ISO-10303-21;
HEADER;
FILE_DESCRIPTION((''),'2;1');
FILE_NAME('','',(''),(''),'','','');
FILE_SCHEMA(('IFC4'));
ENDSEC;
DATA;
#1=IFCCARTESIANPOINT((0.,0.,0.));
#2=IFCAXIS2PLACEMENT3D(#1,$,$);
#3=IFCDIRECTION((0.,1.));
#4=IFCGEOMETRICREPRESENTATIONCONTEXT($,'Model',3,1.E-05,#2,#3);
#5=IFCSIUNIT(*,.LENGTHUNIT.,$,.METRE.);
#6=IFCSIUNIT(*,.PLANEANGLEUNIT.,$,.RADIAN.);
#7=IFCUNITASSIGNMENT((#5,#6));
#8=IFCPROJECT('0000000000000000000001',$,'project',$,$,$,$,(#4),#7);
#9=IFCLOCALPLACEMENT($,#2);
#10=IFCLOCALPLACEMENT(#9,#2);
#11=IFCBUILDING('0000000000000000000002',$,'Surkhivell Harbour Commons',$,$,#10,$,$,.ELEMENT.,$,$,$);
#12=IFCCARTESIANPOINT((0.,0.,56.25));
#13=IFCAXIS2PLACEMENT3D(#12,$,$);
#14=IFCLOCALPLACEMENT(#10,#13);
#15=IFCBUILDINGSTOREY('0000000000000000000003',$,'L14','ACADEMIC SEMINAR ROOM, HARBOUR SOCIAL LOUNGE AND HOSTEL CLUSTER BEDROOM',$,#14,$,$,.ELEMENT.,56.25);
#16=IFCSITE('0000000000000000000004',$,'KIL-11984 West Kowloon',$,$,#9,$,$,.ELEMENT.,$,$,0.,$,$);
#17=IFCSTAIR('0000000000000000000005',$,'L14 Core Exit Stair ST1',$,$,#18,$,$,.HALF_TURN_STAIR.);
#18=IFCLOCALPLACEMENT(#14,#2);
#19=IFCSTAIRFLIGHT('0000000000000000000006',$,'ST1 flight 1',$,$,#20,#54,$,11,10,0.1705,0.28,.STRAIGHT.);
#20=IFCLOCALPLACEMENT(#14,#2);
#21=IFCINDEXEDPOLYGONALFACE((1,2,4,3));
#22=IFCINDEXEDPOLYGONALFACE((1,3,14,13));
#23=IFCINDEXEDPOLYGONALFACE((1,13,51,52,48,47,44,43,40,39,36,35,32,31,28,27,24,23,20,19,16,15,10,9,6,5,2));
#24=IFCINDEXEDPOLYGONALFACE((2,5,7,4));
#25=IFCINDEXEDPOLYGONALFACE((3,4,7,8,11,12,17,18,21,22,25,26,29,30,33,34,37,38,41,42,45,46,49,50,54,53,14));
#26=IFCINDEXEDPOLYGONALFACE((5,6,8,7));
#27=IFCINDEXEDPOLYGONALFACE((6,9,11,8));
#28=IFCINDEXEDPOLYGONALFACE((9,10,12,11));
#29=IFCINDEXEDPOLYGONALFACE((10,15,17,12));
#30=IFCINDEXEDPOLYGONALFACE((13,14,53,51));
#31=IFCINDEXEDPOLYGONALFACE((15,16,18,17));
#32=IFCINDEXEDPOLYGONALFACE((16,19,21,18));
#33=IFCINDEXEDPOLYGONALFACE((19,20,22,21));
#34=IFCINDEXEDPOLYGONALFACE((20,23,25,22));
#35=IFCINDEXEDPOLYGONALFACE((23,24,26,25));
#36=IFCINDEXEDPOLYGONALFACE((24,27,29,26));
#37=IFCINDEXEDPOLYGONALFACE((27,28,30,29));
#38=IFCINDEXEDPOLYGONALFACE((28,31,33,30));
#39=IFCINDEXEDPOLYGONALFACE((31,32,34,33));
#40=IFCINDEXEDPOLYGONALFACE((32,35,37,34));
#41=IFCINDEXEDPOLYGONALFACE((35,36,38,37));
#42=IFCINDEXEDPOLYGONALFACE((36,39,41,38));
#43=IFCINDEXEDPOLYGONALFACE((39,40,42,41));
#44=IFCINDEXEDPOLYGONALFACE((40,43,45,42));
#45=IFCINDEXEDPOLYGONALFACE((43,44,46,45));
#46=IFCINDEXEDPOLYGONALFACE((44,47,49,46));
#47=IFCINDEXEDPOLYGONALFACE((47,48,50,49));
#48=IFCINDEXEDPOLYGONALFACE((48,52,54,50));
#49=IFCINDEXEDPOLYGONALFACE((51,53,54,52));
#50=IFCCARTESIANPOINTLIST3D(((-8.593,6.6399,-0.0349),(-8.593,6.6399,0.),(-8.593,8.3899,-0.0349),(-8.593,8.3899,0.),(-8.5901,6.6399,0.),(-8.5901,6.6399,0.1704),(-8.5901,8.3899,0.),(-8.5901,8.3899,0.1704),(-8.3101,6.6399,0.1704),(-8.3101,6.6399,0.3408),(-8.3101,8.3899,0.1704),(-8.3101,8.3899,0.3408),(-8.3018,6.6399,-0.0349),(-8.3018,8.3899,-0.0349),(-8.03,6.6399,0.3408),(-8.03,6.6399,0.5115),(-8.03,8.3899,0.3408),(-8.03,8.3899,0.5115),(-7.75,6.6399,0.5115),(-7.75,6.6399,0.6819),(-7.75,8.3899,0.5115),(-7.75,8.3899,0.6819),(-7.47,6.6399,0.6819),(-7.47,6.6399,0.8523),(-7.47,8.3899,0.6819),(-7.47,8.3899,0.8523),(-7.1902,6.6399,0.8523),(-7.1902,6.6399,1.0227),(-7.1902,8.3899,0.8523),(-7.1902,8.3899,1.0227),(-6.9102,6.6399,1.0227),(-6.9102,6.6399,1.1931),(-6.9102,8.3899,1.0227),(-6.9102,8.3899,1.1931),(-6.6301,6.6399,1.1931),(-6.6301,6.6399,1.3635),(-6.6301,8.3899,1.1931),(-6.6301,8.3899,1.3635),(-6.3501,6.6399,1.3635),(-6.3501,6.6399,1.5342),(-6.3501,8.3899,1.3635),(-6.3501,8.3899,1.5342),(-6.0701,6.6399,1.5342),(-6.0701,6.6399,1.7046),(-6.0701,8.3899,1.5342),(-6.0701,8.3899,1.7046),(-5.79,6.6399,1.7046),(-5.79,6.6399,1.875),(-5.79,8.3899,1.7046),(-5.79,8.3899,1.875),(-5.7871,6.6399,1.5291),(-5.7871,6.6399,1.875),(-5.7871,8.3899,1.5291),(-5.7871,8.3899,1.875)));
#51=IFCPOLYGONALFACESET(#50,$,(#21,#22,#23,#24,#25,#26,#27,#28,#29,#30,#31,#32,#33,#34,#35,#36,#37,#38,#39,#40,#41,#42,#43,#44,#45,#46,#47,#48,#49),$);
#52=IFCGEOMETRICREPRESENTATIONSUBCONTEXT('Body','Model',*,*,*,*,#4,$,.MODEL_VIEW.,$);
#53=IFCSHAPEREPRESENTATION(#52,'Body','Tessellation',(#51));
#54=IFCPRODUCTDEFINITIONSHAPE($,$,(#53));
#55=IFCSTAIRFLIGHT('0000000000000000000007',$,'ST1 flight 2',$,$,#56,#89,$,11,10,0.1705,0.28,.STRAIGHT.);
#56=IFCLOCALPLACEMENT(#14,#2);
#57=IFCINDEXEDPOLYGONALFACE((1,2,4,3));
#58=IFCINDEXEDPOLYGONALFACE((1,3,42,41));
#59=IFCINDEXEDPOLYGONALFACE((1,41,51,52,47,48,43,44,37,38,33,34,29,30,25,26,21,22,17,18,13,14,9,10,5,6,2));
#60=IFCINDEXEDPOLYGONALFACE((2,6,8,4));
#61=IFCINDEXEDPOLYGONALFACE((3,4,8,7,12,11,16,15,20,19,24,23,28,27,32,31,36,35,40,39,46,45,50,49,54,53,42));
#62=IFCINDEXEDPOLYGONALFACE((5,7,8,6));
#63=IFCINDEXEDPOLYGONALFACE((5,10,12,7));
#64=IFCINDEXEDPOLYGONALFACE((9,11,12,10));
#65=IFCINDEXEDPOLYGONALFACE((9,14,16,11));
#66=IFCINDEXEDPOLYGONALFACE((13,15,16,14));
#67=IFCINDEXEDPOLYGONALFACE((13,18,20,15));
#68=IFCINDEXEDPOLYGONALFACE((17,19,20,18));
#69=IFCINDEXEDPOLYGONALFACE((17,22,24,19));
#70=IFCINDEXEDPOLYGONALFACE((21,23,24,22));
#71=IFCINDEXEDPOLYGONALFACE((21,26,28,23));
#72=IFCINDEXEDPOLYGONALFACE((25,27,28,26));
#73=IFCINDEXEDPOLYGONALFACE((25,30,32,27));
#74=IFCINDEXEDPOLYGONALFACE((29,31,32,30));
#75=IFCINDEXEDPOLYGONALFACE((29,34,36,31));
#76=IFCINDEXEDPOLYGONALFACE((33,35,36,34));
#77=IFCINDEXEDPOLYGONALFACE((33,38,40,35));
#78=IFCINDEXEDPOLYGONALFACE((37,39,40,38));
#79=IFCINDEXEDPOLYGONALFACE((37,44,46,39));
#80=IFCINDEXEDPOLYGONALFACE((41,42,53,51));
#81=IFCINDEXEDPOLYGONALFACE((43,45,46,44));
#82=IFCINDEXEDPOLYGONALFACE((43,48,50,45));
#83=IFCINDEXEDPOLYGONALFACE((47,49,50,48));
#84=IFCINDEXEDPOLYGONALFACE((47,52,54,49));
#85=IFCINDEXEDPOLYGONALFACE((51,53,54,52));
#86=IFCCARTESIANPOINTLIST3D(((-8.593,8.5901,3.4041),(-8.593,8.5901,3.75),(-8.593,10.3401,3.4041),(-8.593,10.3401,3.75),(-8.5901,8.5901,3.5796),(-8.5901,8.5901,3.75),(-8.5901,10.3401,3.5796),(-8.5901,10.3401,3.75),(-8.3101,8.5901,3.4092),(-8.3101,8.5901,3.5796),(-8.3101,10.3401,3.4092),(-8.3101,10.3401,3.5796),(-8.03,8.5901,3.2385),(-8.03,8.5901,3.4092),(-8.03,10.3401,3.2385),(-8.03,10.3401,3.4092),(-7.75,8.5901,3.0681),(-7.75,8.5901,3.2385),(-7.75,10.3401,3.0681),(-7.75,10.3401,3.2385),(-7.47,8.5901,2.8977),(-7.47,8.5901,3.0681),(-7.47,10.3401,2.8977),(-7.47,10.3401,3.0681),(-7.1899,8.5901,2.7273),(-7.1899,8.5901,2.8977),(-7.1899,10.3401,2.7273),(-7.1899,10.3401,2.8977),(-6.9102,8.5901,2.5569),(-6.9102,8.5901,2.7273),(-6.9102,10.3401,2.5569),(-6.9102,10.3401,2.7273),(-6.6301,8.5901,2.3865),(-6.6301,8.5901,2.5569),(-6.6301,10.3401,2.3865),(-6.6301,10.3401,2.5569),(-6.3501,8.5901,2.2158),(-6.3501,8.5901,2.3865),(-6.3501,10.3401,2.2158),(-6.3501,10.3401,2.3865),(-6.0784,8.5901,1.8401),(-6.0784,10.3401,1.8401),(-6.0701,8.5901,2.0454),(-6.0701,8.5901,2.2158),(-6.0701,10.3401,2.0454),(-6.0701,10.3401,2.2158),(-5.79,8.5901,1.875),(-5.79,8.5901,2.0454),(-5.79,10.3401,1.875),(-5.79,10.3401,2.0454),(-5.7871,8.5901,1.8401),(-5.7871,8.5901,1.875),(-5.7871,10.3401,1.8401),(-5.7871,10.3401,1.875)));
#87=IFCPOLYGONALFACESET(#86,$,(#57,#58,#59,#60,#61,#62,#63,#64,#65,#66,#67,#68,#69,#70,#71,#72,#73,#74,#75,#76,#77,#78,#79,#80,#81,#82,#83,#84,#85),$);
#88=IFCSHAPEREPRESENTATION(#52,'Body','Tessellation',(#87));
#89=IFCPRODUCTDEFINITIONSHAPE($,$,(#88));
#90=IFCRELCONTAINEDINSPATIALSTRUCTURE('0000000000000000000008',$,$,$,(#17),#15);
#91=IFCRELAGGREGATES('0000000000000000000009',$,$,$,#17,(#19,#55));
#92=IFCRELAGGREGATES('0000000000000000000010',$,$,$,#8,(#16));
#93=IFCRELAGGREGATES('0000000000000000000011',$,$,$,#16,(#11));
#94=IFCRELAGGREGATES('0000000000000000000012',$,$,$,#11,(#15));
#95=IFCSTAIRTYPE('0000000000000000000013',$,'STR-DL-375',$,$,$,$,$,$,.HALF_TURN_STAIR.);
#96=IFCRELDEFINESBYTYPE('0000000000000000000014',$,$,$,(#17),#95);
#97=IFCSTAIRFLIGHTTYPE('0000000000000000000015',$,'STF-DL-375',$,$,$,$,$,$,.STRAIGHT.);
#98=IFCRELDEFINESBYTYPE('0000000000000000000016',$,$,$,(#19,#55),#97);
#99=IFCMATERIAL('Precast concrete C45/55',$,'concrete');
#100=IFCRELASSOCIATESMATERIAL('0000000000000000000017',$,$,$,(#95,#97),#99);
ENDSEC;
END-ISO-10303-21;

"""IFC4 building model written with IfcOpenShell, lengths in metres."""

from ifc_helpers import new_model, si_unit, direction, frame, origin, place, context, subcontext, project, spatial, polyline, outline, extrude, material, type_object, element, aggregate, save


model = new_model("IFC4")

# Units and contexts
model_context = context("Model", 3, precision=1e-05, world=origin(), true_north=direction((0.0, 1.0)))
body_context = subcontext(model_context, "Body", "Model", "MODEL_VIEW")
ifc_project = project(units=[si_unit("LENGTHUNIT", "METRE"), si_unit("PLANEANGLEUNIT", "RADIAN")], contexts=[model_context])

# Site, building, storey
site_placement = place(None, origin())
site = spatial("IfcSite", under=ifc_project, at=site_placement, Name="KIL-11984 West Kowloon", CompositionType="ELEMENT", RefElevation=0.0)
building_placement = place(site_placement, origin())
building = spatial("IfcBuilding", under=site, at=building_placement, Name="Surkhivell Harbour Commons", CompositionType="ELEMENT")
storey_placement = place(building_placement, frame((0.0, 0.0, 56.25)))
storey = spatial("IfcBuildingStorey", under=building, at=storey_placement, Name="L14", Description="ACADEMIC SEMINAR ROOM, HARBOUR SOCIAL LOUNGE AND HOSTEL CLUSTER BEDROOM", CompositionType="ELEMENT", Elevation=56.25)

# Stair, stair flights
ifc_material_1 = material(Name="Precast concrete C45/55", Category="concrete")
stair_type = type_object("IfcStairType", Name="STR-DL-375", PredefinedType="HALF_TURN_STAIR", material=ifc_material_1)
stair_placement = place(storey_placement, origin())
stair = element("IfcStair", 1, at=stair_placement, inside=storey, type_object=stair_type, Name="L14 Core Exit Stair ST1", PredefinedType="HALF_TURN_STAIR")
stair_flight_type = type_object("IfcStairFlightType", Name="STF-DL-375", PredefinedType="STRAIGHT", material=ifc_material_1)
stair_flight_1_placement = place(storey_placement, frame((-8.5901, 7.5149, 0.0), z_axis=(0.0, 0.0, 1.0), x_axis=(1.0, 0.0, 0.0)))
stair_flight_1 = element("IfcStairFlight", 2, at=stair_flight_1_placement, type_object=stair_flight_type, Name="ST1 flight 1", NumberOfRisers=11, NumberOfTreads=10, PredefinedType="STRAIGHT", RiserHeight=0.1705, TreadLength=0.28, context=body_context, shape_type="SweptSolid", body=[
    extrude(outline(polyline([(-0.0029, -0.0349), (-0.0029, 0.0), (0.0, 0.0), (0.0, 0.1704), (0.28, 0.1704), (0.28, 0.3408), (0.5601, 0.3408), (0.5601, 0.5115), (0.8401, 0.5115), (0.8401, 0.6819), (1.1201, 0.6819), (1.1201, 0.8523), (1.3999, 0.8523), (1.3999, 1.0227), (1.6799, 1.0227), (1.6799, 1.1931), (1.96, 1.1931), (1.96, 1.3635), (2.24, 1.3635), (2.24, 1.5342), (2.52, 1.5342), (2.52, 1.7046), (2.8, 1.7046), (2.8, 1.875), (2.803, 1.875), (2.803, 1.5291), (0.2883, -0.0349), (-0.0029, -0.0349)])), frame((0.0, 0.875, 0.0), z_axis=(0.0, -1.0, 0.0), x_axis=(1.0, 0.0, 0.0)), (0.0, 0.0, 1.0), 1.75),
])
stair_flight_2_placement = place(storey_placement, frame((-5.79, 9.4651, 1.875), z_axis=(0.0, 0.0, 1.0), x_axis=(-1.0, 0.0, 0.0)))
stair_flight_2 = element("IfcStairFlight", 3, at=stair_flight_2_placement, type_object=stair_flight_type, Name="ST1 flight 2", NumberOfRisers=11, NumberOfTreads=10, PredefinedType="STRAIGHT", RiserHeight=0.1705, TreadLength=0.28, context=body_context, shape_type="SweptSolid", body=[
    extrude(outline(polyline([(-0.0029, -0.0349), (-0.0029, 0.0), (0.0, 0.0), (0.0, 0.1704), (0.28, 0.1704), (0.28, 0.3408), (0.5601, 0.3408), (0.5601, 0.5115), (0.8401, 0.5115), (0.8401, 0.6819), (1.1201, 0.6819), (1.1201, 0.8523), (1.3999, 0.8523), (1.3999, 1.0227), (1.6799, 1.0227), (1.6799, 1.1931), (1.96, 1.1931), (1.96, 1.3635), (2.24, 1.3635), (2.24, 1.5342), (2.52, 1.5342), (2.52, 1.7046), (2.8, 1.7046), (2.8, 1.875), (2.803, 1.875), (2.803, 1.5291), (0.2883, -0.0349), (-0.0029, -0.0349)])), frame((0.0, 0.875, 0.0), z_axis=(0.0, -1.0, 0.0), x_axis=(1.0, 0.0, 0.0)), (0.0, 0.0, 1.0), 1.75),
])
aggregate(stair, [stair_flight_1, stair_flight_2])

save(model, "model.ifc")
